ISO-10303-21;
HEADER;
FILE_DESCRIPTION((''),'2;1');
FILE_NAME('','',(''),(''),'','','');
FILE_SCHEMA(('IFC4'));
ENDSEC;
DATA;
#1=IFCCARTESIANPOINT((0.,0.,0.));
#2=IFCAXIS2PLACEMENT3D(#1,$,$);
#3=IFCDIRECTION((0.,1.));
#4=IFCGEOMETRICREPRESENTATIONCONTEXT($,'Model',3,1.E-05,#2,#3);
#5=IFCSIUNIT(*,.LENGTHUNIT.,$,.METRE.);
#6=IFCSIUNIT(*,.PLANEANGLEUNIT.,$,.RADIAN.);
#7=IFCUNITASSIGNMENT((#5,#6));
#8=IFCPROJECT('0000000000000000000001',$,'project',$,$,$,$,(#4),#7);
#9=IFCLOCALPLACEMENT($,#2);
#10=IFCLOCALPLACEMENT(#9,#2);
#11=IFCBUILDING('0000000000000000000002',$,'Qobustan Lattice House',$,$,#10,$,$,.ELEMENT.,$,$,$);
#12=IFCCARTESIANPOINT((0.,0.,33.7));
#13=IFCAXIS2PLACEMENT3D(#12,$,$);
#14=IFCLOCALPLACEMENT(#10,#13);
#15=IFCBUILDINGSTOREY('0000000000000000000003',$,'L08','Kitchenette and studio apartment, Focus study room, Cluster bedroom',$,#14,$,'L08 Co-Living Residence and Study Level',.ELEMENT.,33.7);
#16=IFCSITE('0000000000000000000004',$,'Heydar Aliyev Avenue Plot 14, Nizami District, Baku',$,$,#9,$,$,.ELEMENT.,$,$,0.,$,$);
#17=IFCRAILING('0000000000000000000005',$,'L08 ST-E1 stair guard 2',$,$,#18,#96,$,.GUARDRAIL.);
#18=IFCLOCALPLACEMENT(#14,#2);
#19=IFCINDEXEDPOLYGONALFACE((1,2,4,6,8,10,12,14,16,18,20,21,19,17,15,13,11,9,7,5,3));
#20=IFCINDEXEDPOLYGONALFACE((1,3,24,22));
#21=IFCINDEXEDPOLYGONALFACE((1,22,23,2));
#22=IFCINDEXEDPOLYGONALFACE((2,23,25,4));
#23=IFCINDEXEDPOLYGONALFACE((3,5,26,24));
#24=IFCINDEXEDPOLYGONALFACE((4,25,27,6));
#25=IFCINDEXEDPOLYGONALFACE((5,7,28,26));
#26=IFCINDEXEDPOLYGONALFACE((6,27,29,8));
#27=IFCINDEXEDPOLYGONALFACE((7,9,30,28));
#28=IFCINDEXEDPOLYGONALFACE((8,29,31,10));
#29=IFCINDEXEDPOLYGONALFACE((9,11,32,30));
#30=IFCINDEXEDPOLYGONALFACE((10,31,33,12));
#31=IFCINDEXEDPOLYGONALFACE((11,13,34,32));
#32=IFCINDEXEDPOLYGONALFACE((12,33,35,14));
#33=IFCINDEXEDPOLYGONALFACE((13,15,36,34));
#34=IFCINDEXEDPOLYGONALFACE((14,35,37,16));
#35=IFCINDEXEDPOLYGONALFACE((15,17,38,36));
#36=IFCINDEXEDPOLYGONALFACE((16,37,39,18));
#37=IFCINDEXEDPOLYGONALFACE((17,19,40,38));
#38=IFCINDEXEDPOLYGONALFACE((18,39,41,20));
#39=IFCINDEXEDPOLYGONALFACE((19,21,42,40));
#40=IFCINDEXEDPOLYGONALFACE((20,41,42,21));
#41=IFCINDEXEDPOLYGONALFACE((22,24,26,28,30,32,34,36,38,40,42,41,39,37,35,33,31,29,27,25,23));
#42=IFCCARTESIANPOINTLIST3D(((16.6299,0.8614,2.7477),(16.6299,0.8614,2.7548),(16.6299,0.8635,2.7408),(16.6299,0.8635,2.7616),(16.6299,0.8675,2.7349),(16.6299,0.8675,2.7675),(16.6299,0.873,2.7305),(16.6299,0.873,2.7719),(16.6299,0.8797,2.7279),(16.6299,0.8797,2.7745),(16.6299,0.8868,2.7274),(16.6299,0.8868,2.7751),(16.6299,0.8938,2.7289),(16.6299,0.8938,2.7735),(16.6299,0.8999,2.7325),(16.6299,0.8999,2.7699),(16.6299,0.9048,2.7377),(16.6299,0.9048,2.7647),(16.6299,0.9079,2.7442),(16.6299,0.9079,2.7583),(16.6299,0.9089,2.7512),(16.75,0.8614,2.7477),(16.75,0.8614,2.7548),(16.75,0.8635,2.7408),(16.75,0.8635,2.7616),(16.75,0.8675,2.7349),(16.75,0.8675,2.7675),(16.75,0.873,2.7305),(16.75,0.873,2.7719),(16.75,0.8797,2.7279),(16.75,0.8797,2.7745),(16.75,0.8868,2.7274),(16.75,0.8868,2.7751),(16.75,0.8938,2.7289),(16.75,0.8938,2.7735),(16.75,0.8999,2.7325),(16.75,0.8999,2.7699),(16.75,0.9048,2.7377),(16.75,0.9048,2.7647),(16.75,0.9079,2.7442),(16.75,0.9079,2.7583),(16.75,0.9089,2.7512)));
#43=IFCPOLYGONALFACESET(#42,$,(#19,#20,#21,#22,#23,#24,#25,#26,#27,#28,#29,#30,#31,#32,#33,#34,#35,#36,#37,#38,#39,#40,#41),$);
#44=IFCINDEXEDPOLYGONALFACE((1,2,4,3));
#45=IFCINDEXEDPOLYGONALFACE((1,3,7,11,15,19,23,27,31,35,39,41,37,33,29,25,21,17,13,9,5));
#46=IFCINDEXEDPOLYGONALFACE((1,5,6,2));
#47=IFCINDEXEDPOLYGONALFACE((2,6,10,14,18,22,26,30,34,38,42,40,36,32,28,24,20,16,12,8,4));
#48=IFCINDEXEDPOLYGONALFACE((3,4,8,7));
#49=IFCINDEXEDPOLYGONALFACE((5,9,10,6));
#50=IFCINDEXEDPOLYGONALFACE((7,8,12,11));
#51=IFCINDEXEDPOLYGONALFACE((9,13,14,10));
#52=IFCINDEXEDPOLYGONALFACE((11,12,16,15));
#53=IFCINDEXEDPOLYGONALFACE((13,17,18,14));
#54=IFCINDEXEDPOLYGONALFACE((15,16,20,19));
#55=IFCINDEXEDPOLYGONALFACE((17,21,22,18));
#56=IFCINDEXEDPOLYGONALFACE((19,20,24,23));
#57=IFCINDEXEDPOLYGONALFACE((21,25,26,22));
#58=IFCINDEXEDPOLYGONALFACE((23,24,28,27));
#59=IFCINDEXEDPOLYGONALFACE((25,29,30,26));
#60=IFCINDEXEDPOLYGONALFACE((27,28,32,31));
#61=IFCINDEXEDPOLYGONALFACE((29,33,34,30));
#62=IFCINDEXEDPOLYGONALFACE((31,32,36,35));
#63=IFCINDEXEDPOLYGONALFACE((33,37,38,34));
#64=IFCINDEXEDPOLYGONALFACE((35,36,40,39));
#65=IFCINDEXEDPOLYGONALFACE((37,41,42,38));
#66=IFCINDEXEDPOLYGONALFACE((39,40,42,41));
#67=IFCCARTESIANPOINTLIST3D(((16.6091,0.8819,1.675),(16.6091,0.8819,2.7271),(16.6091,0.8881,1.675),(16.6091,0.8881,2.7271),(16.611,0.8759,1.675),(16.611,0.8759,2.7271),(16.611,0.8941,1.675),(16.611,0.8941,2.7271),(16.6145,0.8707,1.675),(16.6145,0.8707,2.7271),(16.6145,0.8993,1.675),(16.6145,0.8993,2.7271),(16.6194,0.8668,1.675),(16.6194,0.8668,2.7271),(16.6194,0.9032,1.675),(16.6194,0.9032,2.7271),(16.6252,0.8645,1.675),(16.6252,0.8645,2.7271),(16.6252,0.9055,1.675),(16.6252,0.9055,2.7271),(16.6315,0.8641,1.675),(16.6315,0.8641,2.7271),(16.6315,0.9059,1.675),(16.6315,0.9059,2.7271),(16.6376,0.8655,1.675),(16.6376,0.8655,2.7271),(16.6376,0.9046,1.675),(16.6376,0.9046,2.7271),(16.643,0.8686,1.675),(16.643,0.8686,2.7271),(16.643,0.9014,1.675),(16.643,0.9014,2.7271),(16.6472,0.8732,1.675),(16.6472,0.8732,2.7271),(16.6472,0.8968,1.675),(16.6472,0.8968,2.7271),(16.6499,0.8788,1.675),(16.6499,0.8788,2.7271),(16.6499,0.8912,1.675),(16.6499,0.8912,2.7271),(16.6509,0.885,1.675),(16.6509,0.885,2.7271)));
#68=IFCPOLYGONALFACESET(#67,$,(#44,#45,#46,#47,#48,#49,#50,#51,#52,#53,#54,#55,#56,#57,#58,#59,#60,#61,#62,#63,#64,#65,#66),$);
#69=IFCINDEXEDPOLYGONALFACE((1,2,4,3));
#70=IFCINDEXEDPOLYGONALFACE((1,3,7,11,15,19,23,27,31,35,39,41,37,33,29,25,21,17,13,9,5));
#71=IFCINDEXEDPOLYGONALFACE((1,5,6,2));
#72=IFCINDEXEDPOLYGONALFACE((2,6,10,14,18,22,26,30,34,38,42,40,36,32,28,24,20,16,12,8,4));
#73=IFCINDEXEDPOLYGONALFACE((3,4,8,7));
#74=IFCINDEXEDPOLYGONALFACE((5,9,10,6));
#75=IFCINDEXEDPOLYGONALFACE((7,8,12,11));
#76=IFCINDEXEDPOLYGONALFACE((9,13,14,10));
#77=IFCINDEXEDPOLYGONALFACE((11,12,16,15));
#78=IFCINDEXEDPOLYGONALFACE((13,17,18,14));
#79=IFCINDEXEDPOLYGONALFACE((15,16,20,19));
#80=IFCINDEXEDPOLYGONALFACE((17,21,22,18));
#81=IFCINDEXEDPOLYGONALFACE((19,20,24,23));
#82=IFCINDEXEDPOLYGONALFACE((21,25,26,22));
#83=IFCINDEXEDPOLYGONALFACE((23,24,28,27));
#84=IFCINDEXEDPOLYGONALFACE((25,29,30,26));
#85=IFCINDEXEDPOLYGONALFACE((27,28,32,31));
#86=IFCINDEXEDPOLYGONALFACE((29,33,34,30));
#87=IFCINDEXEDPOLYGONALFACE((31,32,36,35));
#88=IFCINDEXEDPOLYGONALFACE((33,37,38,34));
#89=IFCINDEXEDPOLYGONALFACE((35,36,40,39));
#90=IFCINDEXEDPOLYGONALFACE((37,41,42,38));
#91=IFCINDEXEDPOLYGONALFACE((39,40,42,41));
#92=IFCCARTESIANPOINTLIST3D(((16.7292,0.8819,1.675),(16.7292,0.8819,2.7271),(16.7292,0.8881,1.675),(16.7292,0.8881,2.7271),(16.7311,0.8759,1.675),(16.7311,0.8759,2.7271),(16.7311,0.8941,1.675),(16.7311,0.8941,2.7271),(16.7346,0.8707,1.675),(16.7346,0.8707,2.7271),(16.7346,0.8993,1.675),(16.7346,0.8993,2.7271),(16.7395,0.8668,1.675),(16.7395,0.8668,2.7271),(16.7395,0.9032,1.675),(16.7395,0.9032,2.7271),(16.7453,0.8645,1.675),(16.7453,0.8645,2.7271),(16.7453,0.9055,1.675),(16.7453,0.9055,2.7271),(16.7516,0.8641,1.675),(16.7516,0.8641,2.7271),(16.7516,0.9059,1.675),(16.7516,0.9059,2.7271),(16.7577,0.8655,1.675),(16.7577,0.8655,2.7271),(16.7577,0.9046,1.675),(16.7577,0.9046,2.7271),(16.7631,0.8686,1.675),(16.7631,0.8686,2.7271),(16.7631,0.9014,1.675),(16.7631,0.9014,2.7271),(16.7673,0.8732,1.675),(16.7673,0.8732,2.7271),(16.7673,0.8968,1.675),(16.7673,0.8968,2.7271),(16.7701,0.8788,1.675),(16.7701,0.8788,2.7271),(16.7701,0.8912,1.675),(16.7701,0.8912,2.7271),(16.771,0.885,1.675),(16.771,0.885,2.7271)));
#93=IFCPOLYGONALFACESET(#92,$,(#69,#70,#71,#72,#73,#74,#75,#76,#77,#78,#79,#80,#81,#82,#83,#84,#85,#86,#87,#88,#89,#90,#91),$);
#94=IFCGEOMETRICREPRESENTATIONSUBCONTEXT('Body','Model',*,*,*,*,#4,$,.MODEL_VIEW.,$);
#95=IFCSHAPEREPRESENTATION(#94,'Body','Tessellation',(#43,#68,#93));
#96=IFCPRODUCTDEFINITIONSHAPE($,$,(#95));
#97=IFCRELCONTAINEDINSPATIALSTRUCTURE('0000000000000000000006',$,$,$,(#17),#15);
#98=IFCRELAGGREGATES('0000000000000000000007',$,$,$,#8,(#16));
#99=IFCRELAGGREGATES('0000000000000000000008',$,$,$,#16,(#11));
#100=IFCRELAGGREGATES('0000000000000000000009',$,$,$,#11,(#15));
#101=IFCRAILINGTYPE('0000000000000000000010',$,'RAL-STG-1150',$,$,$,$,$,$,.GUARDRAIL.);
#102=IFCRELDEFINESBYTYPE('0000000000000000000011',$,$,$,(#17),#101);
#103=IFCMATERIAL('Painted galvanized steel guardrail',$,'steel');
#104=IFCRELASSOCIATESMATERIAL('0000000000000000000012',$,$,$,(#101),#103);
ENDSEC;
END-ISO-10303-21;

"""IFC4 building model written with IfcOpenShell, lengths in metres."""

from ifc_helpers import new_model, si_unit, direction, frame, origin, origin_2d, place, context, subcontext, project, spatial, circle, extrude, material, type_object, element, save


model = new_model("IFC4")

# Units and contexts
model_context = context("Model", 3, precision=1e-05, world=origin(), true_north=direction((0.0, 1.0)))
body_context = subcontext(model_context, "Body", "Model", "MODEL_VIEW")
ifc_project = project(units=[si_unit("LENGTHUNIT", "METRE"), si_unit("PLANEANGLEUNIT", "RADIAN")], contexts=[model_context])

# Site, building, storey
site_placement = place(None, origin())
site = spatial("IfcSite", under=ifc_project, at=site_placement, Name="Heydar Aliyev Avenue Plot 14, Nizami District, Baku", CompositionType="ELEMENT", RefElevation=0.0)
building_placement = place(site_placement, origin())
building = spatial("IfcBuilding", under=site, at=building_placement, Name="Qobustan Lattice House", CompositionType="ELEMENT")
storey_placement = place(building_placement, frame((0.0, 0.0, 33.7)))
storey = spatial("IfcBuildingStorey", under=building, at=storey_placement, Name="L08", Description="Kitchenette and studio apartment, Focus study room, Cluster bedroom", LongName="L08 Co-Living Residence and Study Level", CompositionType="ELEMENT", Elevation=33.7)

# Railing
ifc_material_1 = material(Name="Painted galvanized steel guardrail", Category="steel")
railing_type_1 = type_object("IfcRailingType", Name="RAL-STG-1150", PredefinedType="GUARDRAIL", material=ifc_material_1)
railing_1_placement = place(storey_placement, frame((16.6299, 0.885, 1.675)))
element("IfcRailing", 1, at=railing_1_placement, inside=storey, type_object=railing_type_1, Name="L08 ST-E1 stair guard 2", PredefinedType="GUARDRAIL", context=body_context, shape_type="SweptSolid", body=[
    extrude(circle(Radius=0.0239, at=origin_2d()), frame((0.0, 0.0, 1.0762), z_axis=(1.0, 0.0, 0.0), x_axis=(0.0, 1.0, 0.0)), (0.0, 0.0, 1.0), 0.1201),
    extrude(circle(Radius=0.021, at=origin_2d()), origin(), (0.0, 0.0, 1.0), 1.052),
    extrude(circle(Radius=0.021, at=origin_2d()), frame((0.1201, 0.0, 0.0)), (0.0, 0.0, 1.0), 1.052),
])

save(model, "model.ifc")
